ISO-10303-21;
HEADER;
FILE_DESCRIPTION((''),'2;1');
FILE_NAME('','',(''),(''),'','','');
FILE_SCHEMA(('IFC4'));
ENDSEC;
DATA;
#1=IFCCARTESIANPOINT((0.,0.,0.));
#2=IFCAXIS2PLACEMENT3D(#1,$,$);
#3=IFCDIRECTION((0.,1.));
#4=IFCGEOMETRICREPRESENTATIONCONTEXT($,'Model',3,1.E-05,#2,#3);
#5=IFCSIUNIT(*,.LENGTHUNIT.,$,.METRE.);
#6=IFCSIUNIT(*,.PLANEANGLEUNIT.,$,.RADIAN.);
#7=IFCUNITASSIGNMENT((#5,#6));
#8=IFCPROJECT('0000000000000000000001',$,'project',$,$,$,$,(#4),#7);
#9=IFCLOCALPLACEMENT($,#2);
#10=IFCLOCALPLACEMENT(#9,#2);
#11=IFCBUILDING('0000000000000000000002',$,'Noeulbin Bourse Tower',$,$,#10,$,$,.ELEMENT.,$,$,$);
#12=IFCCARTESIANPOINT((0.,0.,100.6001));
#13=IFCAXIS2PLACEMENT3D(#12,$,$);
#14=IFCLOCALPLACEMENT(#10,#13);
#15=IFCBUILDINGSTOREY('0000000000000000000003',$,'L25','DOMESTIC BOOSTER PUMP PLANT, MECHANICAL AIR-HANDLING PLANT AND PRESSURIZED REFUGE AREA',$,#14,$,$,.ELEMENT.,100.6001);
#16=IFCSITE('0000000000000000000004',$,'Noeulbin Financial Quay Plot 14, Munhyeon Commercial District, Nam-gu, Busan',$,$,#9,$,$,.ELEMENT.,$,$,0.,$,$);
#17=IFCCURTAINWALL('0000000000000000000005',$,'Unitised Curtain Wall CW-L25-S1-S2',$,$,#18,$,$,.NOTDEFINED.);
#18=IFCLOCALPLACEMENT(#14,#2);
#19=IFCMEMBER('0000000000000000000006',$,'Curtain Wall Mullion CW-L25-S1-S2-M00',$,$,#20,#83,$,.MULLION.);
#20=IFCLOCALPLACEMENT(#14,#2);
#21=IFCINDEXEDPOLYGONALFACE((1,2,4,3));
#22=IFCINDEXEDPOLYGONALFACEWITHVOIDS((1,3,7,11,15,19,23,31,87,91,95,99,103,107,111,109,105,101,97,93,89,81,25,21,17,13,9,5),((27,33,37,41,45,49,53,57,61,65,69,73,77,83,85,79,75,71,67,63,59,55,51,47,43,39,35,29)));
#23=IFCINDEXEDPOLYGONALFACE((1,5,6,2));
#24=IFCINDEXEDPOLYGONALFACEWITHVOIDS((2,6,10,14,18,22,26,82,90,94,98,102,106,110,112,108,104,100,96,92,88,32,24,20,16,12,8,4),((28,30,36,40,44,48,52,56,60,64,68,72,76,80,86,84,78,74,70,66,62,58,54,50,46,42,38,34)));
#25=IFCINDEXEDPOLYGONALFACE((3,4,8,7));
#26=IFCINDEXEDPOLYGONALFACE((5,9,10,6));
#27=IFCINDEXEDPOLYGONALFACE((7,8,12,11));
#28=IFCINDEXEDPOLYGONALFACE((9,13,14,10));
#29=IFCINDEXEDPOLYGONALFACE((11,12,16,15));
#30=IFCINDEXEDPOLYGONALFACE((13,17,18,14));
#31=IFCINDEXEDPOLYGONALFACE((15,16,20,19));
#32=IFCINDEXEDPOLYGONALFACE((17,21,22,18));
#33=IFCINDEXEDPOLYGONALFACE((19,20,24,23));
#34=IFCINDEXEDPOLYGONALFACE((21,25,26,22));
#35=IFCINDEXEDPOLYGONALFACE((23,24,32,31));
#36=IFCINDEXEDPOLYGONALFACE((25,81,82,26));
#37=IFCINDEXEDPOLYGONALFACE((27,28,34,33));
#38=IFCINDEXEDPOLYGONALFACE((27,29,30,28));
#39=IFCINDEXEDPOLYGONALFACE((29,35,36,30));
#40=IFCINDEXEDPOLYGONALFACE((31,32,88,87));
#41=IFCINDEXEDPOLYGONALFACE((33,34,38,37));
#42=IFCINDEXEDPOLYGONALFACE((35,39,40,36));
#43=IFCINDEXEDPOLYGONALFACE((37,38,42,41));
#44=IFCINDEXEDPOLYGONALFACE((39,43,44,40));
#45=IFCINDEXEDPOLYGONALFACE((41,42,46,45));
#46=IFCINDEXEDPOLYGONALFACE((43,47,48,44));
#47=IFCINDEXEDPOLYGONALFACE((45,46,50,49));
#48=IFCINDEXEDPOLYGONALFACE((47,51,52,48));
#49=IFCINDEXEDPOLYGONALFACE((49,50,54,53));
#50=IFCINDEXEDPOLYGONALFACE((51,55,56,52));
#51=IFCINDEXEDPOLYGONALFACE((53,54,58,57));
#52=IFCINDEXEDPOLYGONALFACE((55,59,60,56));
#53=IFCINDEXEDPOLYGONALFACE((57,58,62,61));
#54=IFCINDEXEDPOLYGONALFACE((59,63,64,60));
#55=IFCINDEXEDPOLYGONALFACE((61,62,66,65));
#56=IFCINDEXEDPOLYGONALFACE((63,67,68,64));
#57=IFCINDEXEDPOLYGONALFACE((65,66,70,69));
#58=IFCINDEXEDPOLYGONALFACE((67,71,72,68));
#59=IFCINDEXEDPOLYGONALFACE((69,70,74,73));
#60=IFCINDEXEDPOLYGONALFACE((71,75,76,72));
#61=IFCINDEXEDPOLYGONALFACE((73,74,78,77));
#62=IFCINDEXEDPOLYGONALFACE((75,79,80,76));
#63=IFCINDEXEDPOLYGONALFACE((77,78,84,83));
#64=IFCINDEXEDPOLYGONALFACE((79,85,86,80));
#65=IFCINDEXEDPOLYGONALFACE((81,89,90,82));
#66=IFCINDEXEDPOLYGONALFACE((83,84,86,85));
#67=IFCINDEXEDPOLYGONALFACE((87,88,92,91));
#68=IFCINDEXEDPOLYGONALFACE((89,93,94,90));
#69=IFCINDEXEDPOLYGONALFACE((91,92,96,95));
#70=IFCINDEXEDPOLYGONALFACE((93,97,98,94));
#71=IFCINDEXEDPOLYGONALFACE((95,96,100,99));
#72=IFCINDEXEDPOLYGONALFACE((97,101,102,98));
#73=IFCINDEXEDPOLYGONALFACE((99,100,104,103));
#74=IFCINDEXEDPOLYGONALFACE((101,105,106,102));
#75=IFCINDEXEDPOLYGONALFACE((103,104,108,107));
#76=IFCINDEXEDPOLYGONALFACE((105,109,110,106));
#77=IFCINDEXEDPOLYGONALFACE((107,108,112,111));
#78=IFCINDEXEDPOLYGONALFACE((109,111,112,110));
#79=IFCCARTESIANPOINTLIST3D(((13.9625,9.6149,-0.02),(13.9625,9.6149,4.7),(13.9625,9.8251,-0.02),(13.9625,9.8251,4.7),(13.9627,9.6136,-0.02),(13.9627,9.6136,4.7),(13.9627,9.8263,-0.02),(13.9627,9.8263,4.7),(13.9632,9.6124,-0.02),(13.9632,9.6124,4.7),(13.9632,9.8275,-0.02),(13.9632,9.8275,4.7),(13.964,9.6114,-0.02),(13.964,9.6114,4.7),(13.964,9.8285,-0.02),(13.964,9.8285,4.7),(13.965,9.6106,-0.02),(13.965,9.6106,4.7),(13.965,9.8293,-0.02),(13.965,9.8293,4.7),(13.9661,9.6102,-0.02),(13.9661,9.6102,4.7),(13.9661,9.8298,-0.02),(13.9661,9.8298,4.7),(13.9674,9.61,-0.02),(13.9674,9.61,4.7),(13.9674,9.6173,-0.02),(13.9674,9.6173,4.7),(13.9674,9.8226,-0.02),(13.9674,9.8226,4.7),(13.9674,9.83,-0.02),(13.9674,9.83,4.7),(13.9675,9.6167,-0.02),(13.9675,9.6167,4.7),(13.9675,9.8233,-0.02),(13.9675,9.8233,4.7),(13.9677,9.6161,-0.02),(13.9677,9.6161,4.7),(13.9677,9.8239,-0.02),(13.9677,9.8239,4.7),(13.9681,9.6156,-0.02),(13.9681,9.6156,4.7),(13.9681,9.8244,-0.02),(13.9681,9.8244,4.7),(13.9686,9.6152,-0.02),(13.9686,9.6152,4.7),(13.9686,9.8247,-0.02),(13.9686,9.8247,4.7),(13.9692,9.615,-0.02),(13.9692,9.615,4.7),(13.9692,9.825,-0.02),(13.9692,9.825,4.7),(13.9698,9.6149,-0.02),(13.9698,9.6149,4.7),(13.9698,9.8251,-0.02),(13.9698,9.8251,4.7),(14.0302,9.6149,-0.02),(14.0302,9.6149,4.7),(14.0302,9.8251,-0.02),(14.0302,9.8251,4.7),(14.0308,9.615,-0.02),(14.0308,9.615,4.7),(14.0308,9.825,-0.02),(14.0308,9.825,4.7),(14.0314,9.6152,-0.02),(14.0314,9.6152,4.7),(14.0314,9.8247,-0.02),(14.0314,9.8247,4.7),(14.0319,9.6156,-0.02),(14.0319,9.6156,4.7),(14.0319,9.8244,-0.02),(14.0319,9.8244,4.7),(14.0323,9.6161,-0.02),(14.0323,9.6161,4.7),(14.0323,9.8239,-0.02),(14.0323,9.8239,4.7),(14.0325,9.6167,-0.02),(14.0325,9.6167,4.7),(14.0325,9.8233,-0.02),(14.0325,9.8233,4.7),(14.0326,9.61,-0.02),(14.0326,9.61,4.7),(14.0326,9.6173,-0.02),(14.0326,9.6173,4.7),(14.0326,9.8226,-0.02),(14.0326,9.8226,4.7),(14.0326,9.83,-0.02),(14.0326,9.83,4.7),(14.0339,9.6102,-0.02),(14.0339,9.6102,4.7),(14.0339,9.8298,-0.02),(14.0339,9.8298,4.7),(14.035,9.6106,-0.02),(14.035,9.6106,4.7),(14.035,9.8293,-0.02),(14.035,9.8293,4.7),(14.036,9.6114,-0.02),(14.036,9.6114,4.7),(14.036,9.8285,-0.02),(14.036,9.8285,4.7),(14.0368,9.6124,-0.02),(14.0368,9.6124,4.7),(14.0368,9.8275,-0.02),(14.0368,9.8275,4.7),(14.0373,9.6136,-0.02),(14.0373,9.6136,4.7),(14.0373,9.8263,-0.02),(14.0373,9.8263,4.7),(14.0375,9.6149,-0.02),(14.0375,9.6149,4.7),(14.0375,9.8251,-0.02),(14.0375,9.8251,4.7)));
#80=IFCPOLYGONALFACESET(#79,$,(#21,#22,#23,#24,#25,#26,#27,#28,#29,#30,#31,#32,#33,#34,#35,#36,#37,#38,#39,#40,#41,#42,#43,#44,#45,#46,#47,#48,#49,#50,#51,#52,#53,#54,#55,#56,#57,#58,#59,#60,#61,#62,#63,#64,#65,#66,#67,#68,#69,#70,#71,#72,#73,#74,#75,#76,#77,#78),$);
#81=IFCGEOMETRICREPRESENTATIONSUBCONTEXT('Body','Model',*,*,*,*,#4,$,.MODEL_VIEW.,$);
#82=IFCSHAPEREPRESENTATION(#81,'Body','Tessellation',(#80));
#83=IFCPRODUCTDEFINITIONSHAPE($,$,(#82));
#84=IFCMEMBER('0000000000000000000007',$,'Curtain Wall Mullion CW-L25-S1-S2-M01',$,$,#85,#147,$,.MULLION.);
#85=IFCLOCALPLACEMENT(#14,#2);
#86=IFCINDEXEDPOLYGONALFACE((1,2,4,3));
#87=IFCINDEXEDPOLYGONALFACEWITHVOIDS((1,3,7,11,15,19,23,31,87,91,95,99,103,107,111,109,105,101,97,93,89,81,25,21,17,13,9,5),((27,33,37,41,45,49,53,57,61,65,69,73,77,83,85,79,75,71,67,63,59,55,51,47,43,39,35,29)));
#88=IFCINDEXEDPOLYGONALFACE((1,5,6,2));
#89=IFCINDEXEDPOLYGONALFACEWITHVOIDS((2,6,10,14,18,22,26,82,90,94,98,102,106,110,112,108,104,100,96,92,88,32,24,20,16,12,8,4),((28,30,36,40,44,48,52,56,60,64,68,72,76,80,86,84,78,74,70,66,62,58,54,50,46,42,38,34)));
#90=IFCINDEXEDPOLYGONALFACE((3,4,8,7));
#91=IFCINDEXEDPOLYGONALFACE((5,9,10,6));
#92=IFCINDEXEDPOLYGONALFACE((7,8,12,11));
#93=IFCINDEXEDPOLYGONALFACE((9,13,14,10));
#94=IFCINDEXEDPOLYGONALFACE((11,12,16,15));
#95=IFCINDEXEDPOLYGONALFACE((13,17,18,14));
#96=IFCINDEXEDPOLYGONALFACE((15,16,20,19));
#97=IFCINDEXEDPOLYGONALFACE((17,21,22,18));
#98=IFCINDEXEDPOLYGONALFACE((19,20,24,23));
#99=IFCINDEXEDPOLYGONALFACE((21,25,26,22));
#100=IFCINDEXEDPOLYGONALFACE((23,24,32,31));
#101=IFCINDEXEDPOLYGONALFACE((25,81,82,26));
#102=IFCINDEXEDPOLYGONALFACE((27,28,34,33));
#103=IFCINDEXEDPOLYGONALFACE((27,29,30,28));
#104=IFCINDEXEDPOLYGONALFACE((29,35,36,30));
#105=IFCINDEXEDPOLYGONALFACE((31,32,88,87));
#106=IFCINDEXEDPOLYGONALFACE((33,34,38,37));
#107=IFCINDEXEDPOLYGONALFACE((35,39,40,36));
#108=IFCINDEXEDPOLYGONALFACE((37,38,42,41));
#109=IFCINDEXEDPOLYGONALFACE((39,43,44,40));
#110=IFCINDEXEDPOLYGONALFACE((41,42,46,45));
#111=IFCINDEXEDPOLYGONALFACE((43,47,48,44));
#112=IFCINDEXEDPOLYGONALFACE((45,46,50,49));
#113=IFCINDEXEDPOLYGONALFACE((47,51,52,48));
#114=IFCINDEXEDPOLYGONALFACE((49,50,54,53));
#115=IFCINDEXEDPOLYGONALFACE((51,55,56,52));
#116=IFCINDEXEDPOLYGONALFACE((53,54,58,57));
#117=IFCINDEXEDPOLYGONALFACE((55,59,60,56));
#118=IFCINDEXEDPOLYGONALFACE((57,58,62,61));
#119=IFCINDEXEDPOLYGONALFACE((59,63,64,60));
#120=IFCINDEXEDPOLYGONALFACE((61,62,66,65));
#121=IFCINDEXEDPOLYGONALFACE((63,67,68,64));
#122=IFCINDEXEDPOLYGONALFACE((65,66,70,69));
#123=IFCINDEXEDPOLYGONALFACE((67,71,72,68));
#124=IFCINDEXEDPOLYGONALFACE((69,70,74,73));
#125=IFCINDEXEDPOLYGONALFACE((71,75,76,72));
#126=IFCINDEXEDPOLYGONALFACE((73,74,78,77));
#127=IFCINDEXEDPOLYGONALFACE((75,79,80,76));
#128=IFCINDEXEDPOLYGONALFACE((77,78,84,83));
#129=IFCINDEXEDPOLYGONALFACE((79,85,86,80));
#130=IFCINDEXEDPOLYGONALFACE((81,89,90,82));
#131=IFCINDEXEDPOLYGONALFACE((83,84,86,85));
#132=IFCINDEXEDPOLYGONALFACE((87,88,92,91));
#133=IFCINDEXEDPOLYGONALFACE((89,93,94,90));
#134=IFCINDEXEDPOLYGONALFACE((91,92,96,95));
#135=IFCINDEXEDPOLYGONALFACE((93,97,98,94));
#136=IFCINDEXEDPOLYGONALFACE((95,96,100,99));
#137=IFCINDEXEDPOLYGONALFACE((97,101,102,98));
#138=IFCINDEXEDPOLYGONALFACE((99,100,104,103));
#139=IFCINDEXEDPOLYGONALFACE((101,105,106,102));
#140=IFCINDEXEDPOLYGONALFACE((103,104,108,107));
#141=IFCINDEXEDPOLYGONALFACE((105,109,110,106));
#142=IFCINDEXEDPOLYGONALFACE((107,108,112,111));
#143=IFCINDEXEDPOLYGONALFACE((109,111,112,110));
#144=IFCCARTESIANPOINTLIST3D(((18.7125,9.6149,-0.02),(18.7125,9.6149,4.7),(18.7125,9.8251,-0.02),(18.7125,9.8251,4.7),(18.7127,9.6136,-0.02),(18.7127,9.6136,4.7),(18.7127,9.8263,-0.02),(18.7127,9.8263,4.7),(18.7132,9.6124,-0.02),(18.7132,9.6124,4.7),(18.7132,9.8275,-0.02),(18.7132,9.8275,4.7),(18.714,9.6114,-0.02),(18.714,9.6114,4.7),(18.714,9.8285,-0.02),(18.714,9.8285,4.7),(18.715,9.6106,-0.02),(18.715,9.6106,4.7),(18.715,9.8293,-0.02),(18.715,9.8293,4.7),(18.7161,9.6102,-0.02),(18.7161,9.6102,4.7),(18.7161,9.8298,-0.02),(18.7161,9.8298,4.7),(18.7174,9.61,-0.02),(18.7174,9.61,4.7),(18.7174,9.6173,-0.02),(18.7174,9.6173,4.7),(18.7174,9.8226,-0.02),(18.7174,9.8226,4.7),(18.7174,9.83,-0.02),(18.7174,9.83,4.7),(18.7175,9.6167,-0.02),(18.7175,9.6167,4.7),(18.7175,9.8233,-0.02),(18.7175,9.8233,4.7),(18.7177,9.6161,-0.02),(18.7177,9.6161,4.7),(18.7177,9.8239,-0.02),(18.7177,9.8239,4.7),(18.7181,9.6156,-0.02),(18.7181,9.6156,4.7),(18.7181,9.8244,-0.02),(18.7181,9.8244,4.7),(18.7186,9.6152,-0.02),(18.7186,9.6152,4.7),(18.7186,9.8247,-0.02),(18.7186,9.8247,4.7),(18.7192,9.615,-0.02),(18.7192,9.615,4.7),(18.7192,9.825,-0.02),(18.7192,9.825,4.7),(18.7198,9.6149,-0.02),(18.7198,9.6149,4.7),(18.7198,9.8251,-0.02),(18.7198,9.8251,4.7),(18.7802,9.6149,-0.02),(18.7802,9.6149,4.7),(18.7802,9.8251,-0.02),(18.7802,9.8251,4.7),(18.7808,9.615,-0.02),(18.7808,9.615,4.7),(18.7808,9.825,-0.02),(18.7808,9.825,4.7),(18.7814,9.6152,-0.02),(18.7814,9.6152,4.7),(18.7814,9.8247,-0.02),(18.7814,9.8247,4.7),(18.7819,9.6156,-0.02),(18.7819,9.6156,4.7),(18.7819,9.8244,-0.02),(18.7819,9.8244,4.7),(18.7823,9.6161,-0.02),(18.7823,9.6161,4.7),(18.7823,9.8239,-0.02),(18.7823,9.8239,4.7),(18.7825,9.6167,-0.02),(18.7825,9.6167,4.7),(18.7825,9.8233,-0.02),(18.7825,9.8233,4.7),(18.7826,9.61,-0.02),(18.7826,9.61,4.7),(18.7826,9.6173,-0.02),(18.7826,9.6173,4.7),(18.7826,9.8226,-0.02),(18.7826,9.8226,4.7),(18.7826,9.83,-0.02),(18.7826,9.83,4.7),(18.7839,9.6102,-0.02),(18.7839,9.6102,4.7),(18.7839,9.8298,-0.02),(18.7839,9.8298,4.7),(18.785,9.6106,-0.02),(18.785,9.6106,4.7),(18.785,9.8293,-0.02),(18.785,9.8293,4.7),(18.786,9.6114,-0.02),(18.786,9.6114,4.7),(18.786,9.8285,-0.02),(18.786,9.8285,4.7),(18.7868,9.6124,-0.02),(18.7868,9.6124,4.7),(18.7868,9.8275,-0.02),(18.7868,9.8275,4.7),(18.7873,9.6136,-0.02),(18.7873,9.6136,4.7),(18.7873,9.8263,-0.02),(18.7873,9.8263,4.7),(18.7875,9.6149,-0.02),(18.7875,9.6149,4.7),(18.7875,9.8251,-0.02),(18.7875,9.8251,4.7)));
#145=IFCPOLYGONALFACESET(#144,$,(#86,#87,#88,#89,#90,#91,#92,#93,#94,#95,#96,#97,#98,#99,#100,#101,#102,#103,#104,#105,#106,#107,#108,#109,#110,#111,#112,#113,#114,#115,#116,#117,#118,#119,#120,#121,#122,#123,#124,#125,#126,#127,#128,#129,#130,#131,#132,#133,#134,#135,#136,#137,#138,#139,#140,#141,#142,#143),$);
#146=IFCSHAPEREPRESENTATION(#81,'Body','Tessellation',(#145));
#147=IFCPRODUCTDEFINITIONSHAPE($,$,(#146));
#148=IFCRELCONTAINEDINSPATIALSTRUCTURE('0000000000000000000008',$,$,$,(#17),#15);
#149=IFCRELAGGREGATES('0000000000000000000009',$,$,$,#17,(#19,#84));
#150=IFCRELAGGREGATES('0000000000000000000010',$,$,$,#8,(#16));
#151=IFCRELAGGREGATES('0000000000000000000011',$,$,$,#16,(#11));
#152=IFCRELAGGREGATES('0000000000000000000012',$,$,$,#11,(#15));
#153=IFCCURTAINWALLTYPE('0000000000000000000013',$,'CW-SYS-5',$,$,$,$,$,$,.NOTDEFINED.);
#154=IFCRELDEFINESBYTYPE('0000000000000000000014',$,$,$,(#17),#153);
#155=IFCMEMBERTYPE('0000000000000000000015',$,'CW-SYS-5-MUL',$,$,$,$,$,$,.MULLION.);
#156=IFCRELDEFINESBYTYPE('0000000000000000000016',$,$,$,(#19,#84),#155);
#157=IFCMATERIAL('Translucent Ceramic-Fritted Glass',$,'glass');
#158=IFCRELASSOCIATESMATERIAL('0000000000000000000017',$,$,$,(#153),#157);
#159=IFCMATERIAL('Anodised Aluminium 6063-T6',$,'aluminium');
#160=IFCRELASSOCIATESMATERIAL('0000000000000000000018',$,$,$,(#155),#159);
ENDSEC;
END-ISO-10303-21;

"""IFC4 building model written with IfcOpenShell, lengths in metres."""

from ifc_helpers import new_model, si_unit, direction, frame, origin, origin_2d, place, context, subcontext, project, spatial, hollow_rectangle, extrude, material, material_profile, profile_set, type_object, element, aggregate, save


model = new_model("IFC4")

# Units and contexts
model_context = context("Model", 3, precision=1e-05, world=origin(), true_north=direction((0.0, 1.0)))
body_context = subcontext(model_context, "Body", "Model", "MODEL_VIEW")
ifc_project = project(units=[si_unit("LENGTHUNIT", "METRE"), si_unit("PLANEANGLEUNIT", "RADIAN")], contexts=[model_context])

# Site, building, storey
site_placement = place(None, origin())
site = spatial("IfcSite", under=ifc_project, at=site_placement, Name="Noeulbin Financial Quay Plot 14, Munhyeon Commercial District, Nam-gu, Busan", CompositionType="ELEMENT", RefElevation=0.0)
building_placement = place(site_placement, origin())
building = spatial("IfcBuilding", under=site, at=building_placement, Name="Noeulbin Bourse Tower", CompositionType="ELEMENT")
storey_placement = place(building_placement, frame((0.0, 0.0, 100.6001)))
storey = spatial("IfcBuildingStorey", under=building, at=storey_placement, Name="L25", Description="DOMESTIC BOOSTER PUMP PLANT, MECHANICAL AIR-HANDLING PLANT AND PRESSURIZED REFUGE AREA", CompositionType="ELEMENT", Elevation=100.6001)

# Curtain wall, members
ifc_material_1 = material(Name="Translucent Ceramic-Fritted Glass", Category="glass")
curtain_wall_type = type_object("IfcCurtainWallType", Name="CW-SYS-5", PredefinedType="NOTDEFINED", material=ifc_material_1)
ifc_material_2 = material(Name="Anodised Aluminium 6063-T6", Category="aluminium")
ifc_material_profile_1 = material_profile(ifc_material_2, hollow_rectangle(XDim=0.075, YDim=0.22, WallThickness=0.0049, InnerFilletRadius=0.0024, OuterFilletRadius=0.0049, at=origin_2d()), Name="ALU-MULL-75x220x5", Category="LoadBearing")
ifc_profile_set_1 = profile_set([ifc_material_profile_1], Name="Anodised Aluminium 6063-T6")
member_type_1 = type_object("IfcMemberType", Name="CW-SYS-5-MUL", PredefinedType="MULLION", material=ifc_profile_set_1)
curtain_wall_1_placement = place(storey_placement, origin())
curtain_wall_1 = element("IfcCurtainWall", 1, at=curtain_wall_1_placement, inside=storey, type_object=curtain_wall_type, Name="Unitised Curtain Wall CW-L25-S1-S2", PredefinedType="NOTDEFINED")
member_1_placement = place(storey_placement, frame((14.0, 9.72, -0.02), z_axis=(0.0, 0.0, 1.0), x_axis=(1.0, 0.0, 0.0)))
member_1 = element("IfcMember", 2, at=member_1_placement, type_object=member_type_1, Name="Curtain Wall Mullion CW-L25-S1-S2-M00", PredefinedType="MULLION", context=body_context, shape_type="SweptSolid", body=[
    extrude(hollow_rectangle(XDim=0.075, YDim=0.22, WallThickness=0.0049, InnerFilletRadius=0.0024, OuterFilletRadius=0.0049, at=origin_2d()), origin(), (0.0, 0.0, 1.0), 4.72),
])
member_2_placement = place(storey_placement, frame((18.75, 9.72, -0.02), z_axis=(0.0, 0.0, 1.0), x_axis=(1.0, 0.0, 0.0)))
member_2 = element("IfcMember", 3, at=member_2_placement, type_object=member_type_1, Name="Curtain Wall Mullion CW-L25-S1-S2-M01", PredefinedType="MULLION", context=body_context, shape_type="SweptSolid", body=[
    extrude(hollow_rectangle(XDim=0.075, YDim=0.22, WallThickness=0.0049, InnerFilletRadius=0.0024, OuterFilletRadius=0.0049, at=origin_2d()), origin(), (0.0, 0.0, 1.0), 4.72),
])

aggregate(curtain_wall_1, [member_1, member_2])

save(model, "model.ifc")
